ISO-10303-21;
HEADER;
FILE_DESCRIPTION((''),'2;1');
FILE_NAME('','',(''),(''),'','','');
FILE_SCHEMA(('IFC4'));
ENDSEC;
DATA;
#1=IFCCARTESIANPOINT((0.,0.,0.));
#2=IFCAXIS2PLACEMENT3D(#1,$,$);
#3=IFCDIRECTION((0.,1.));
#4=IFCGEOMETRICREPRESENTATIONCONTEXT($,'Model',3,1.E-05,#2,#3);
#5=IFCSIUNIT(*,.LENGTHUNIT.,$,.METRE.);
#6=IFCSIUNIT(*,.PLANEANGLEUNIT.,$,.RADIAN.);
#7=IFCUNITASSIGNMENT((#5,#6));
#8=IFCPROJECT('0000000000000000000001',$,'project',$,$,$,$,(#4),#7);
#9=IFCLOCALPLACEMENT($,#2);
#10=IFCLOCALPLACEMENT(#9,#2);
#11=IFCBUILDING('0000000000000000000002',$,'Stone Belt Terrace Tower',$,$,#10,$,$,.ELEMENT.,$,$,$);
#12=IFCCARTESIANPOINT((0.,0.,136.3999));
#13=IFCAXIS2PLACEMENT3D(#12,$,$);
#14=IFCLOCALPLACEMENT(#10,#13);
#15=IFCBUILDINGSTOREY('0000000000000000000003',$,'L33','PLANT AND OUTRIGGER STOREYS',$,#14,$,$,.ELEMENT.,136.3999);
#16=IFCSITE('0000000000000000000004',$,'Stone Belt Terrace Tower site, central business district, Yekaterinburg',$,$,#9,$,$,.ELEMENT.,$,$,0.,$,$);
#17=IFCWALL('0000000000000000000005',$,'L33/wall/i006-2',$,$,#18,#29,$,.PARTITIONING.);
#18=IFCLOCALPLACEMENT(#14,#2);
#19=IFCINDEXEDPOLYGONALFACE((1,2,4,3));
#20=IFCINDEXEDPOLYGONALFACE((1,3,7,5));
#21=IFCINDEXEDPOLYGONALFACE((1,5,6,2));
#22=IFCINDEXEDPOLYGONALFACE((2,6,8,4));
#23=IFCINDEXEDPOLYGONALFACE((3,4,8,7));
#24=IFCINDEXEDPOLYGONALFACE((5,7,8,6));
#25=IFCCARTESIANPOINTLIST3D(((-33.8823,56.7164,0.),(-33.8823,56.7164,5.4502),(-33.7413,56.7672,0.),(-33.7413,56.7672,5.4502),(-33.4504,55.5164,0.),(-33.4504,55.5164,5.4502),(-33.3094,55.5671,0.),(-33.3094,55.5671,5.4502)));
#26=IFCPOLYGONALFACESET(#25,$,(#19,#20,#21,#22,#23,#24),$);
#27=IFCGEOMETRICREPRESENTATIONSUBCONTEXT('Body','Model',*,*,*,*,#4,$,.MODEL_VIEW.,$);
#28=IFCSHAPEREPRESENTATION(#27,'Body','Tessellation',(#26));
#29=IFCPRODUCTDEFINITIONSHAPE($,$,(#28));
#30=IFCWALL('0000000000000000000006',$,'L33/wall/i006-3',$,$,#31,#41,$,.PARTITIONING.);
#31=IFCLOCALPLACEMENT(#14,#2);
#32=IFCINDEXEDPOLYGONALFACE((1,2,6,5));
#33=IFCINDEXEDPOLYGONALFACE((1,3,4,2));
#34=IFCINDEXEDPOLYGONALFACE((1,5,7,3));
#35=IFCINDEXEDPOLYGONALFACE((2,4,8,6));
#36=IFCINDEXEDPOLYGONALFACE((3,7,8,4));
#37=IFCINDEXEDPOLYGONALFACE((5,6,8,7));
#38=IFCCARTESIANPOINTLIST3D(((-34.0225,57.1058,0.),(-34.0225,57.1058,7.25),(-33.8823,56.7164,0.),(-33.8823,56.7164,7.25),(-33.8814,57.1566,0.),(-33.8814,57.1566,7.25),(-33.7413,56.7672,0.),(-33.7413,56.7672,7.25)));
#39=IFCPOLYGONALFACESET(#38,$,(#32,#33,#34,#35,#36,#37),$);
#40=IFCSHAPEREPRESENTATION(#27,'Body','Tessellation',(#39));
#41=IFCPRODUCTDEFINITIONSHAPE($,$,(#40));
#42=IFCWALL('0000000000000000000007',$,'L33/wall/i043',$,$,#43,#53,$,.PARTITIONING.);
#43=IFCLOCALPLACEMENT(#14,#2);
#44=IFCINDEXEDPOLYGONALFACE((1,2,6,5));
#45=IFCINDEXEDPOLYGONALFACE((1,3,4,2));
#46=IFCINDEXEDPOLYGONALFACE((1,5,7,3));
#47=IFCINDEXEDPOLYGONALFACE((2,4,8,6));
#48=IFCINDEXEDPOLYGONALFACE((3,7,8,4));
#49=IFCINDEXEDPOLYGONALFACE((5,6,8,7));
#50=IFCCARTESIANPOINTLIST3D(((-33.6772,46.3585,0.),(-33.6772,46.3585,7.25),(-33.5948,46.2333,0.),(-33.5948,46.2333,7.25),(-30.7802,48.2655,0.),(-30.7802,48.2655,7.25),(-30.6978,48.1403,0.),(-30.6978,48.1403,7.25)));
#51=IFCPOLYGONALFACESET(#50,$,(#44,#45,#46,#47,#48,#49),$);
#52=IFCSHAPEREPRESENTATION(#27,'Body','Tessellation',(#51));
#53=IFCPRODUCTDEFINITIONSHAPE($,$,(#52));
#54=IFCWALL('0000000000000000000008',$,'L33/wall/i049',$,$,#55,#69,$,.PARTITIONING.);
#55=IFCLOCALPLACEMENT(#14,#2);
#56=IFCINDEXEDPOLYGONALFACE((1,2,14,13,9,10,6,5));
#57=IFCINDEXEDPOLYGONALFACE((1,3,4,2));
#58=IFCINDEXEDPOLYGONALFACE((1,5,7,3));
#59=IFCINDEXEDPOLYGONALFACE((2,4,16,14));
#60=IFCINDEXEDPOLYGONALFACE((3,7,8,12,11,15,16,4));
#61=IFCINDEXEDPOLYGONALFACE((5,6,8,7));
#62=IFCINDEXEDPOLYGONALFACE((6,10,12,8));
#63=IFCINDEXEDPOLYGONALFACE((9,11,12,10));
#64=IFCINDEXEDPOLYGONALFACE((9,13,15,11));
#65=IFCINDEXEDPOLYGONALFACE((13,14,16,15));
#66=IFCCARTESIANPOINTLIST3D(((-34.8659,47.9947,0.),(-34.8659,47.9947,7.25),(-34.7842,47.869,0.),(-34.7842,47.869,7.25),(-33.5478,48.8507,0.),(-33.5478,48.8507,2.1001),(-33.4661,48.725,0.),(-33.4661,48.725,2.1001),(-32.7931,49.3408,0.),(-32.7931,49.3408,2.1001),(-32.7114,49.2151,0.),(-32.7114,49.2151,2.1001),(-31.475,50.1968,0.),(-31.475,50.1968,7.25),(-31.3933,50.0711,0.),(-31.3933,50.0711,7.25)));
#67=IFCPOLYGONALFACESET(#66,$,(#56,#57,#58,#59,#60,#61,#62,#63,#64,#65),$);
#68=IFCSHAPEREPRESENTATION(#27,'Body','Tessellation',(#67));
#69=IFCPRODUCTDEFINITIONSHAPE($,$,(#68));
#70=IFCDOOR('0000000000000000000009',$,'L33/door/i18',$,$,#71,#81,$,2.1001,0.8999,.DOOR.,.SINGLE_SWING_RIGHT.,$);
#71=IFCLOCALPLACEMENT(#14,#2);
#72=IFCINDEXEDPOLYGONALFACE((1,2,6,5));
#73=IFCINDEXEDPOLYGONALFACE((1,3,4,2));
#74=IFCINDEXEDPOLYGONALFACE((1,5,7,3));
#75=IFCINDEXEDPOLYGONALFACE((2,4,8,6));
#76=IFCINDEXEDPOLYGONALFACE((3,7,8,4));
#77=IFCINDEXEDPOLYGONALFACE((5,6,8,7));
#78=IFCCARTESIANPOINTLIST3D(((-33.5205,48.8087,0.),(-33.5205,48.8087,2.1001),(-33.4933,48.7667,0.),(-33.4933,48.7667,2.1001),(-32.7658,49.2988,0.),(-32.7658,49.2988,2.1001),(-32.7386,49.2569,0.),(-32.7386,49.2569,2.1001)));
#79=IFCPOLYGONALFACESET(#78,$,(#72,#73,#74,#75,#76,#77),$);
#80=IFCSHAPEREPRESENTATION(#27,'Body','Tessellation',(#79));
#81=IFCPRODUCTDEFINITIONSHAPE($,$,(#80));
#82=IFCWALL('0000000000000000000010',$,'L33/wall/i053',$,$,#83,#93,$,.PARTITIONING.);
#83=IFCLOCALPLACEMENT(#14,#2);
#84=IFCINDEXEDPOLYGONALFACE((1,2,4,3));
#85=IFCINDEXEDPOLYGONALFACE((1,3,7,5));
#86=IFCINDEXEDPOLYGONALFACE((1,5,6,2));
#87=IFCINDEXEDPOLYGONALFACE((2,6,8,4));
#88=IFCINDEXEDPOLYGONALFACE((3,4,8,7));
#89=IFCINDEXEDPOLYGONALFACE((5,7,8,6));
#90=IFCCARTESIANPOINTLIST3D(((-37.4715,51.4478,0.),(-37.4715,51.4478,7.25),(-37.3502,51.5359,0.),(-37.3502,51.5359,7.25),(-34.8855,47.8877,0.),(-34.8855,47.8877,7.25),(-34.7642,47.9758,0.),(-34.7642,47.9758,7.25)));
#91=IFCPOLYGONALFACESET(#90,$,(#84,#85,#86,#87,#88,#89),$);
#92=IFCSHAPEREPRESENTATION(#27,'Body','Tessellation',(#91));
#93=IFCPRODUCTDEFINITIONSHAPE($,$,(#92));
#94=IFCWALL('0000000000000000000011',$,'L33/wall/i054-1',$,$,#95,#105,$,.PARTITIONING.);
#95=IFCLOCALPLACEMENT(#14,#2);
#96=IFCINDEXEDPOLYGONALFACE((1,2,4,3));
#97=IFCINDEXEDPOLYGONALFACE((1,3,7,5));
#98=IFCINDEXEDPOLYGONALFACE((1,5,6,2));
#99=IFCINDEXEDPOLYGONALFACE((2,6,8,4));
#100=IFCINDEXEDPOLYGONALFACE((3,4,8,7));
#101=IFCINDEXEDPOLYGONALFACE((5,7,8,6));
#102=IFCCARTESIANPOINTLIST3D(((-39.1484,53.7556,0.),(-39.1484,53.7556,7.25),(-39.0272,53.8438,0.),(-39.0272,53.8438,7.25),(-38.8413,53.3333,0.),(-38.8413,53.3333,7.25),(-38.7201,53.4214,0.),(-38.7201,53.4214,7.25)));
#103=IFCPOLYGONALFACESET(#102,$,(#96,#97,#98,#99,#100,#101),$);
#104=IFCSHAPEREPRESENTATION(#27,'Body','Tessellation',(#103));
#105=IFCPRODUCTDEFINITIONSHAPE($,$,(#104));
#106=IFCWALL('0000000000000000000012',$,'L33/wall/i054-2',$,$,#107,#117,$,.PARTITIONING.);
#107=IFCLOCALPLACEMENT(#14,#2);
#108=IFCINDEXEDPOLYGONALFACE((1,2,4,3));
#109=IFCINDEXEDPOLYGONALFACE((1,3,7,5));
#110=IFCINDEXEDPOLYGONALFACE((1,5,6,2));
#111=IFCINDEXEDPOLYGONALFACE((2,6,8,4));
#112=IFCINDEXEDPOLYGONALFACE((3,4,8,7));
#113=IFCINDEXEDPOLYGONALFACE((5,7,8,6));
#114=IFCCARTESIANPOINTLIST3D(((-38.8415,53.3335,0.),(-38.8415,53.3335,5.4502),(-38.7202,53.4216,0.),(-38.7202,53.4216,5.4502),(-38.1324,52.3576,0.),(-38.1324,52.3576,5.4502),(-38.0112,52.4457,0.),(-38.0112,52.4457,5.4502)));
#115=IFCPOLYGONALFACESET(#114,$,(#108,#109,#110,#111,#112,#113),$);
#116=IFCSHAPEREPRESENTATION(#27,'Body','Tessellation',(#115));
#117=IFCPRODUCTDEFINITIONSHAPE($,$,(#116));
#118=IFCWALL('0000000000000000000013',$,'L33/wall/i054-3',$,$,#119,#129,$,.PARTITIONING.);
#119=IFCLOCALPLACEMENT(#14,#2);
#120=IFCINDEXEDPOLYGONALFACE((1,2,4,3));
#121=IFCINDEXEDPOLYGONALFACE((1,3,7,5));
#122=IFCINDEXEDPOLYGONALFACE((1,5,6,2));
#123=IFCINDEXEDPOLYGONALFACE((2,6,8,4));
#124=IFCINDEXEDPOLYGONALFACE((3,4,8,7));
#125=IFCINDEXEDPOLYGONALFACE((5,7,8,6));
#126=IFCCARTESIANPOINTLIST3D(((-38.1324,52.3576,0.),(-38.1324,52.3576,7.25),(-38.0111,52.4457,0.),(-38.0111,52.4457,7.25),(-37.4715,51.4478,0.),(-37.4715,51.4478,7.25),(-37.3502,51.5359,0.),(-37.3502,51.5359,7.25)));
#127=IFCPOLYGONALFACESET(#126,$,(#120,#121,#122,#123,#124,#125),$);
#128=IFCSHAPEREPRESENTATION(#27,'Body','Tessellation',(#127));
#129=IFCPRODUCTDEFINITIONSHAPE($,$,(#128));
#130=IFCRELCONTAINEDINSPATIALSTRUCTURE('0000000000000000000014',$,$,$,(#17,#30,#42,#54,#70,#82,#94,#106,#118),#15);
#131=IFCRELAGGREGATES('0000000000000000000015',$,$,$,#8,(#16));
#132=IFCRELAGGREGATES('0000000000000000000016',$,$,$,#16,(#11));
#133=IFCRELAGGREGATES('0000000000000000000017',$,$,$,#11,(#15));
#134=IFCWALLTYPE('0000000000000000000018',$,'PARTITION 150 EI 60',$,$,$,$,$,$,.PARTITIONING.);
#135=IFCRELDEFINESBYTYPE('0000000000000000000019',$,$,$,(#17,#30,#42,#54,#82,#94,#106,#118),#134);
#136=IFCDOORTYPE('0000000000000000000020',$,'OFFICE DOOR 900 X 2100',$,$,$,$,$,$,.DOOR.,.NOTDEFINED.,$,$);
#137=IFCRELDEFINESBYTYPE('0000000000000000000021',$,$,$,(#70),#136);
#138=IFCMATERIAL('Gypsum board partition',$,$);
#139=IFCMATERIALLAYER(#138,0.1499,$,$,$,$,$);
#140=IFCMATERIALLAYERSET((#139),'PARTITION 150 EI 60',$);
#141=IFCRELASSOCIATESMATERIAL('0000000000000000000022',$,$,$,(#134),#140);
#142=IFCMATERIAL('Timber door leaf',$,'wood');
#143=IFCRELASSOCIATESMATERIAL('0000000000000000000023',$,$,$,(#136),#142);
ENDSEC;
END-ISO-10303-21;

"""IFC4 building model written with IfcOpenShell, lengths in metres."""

from ifc_helpers import new_model, si_unit, direction, frame, frame_2d, origin, place, context, subcontext, project, spatial, rectangle, extrude, material, layer, layer_set, type_object, element, fill, save


model = new_model("IFC4")

# Units and contexts
model_context = context("Model", 3, precision=1e-05, world=origin(), true_north=direction((0.0, 1.0)))
body_context = subcontext(model_context, "Body", "Model", "MODEL_VIEW")
ifc_project = project(units=[si_unit("LENGTHUNIT", "METRE"), si_unit("PLANEANGLEUNIT", "RADIAN")], contexts=[model_context])

# Site, building, storey
site_placement = place(None, origin())
site = spatial("IfcSite", under=ifc_project, at=site_placement, Name="Stone Belt Terrace Tower site, central business district, Yekaterinburg", CompositionType="ELEMENT", RefElevation=0.0)
building_placement = place(site_placement, origin())
building = spatial("IfcBuilding", under=site, at=building_placement, Name="Stone Belt Terrace Tower", CompositionType="ELEMENT")
storey_placement = place(building_placement, frame((0.0, 0.0, 136.3999)))
storey = spatial("IfcBuildingStorey", under=building, at=storey_placement, Name="L33", Description="PLANT AND OUTRIGGER STOREYS", CompositionType="ELEMENT", Elevation=136.3999)

# Walls
ifc_material_1 = material(Name="Gypsum board partition")
ifc_layer_1 = layer(ifc_material_1, 0.1499)
ifc_layer_set_1 = layer_set([ifc_layer_1], Name="PARTITION 150 EI 60")
wall_type = type_object("IfcWallType", Name="PARTITION 150 EI 60", PredefinedType="PARTITIONING", material=ifc_layer_set_1)
wall_1_placement = place(storey_placement, frame((-33.3799, 55.5417, 0.0), z_axis=(0.0, 0.0, 1.0), x_axis=(-0.338652, 0.940912, 0.0)))
element("IfcWall", 1, at=wall_1_placement, inside=storey, type_object=wall_type, Name="L33/wall/i006-2", PredefinedType="PARTITIONING", context=body_context, shape_type="SweptSolid", body=[
    extrude(rectangle(XDim=1.2754, YDim=0.1499, at=frame_2d((0.6377, 0.0))), origin(), (0.0, 0.0, 1.0), 5.4502),
])
wall_2_placement = place(storey_placement, frame((-33.8118, 56.7417, 0.0), z_axis=(0.0, 0.0, 1.0), x_axis=(-0.338615, 0.940925, 0.0)))
element("IfcWall", 2, at=wall_2_placement, inside=storey, type_object=wall_type, Name="L33/wall/i006-3", PredefinedType="PARTITIONING", context=body_context, shape_type="SweptSolid", body=[
    extrude(rectangle(XDim=0.4138, YDim=0.1499, at=frame_2d((0.207, 0.0))), origin(), (0.0, 0.0, 1.0), 7.25),
])
wall_3_placement = place(storey_placement, frame((-33.636, 46.2959, 0.0), z_axis=(0.0, 0.0, 1.0), x_axis=(0.835274, 0.549834, 0.0)))
element("IfcWall", 3, at=wall_3_placement, inside=storey, type_object=wall_type, Name="L33/wall/i043", PredefinedType="PARTITIONING", context=body_context, shape_type="SweptSolid", body=[
    extrude(rectangle(XDim=3.4683, YDim=0.1499, at=frame_2d((1.7341, 0.0))), origin(), (0.0, 0.0, 1.0), 7.25),
])

# Wall, opening, door
wall_4_placement = place(storey_placement, frame((-34.825, 47.9319, 0.0), z_axis=(0.0, 0.0, 1.0), x_axis=(0.83866, 0.544655, 0.0)))
wall_4 = element("IfcWall", 4, at=wall_4_placement, inside=storey, type_object=wall_type, Name="L33/wall/i049", PredefinedType="PARTITIONING", context=body_context, shape_type="SweptSolid", body=[
    extrude(rectangle(XDim=4.0432, YDim=0.1499, at=frame_2d((2.0215, 0.0))), origin(), (0.0, 0.0, 1.0), 7.25),
])
opening_placement = place(wall_4_placement, frame((1.5715, 0.0, 0.0)))
opening = element("IfcOpeningElement", 5, at=opening_placement, cuts=wall_4, PredefinedType="OPENING", context=body_context, shape_type="SweptSolid", body=[
    extrude(rectangle(XDim=0.8999, YDim=2.1001, at=frame_2d((0.45, 1.05))), frame((0.0, 0.085, 0.0), z_axis=(0.0, -1.0, 0.0), x_axis=(1.0, 0.0, 0.0)), (0.0, 0.0, 1.0), 0.1699),
])
ifc_material_2 = material(Name="Timber door leaf", Category="wood")
door_type = type_object("IfcDoorType", Name="OFFICE DOOR 900 X 2100", OperationType="NOTDEFINED", PredefinedType="DOOR", material=ifc_material_2)
door_placement = place(opening_placement, origin())
door = element("IfcDoor", 6, at=door_placement, inside=storey, type_object=door_type, Name="L33/door/i18", OperationType="SINGLE_SWING_RIGHT", OverallHeight=2.1001, OverallWidth=0.8999, PredefinedType="DOOR", context=body_context, shape_type="SweptSolid", body=[
    extrude(rectangle(XDim=0.8999, YDim=2.1001, at=frame_2d((0.45, 1.05))), frame((0.0, 0.0249, 0.0), z_axis=(0.0, -1.0, 0.0), x_axis=(1.0, 0.0, 0.0)), (0.0, 0.0, 1.0), 0.05),
])
fill(opening, door)

# Walls
wall_5_placement = place(storey_placement, frame((-37.4109, 51.4919, 0.0), z_axis=(0.0, 0.0, 1.0), x_axis=(0.587697, -0.809081, 0.0)))
element("IfcWall", 7, at=wall_5_placement, inside=storey, type_object=wall_type, Name="L33/wall/i053", PredefinedType="PARTITIONING", context=body_context, shape_type="SweptSolid", body=[
    extrude(rectangle(XDim=4.4001, YDim=0.1499, at=frame_2d((2.2002, 0.0))), origin(), (0.0, 0.0, 1.0), 7.25),
])
wall_6_placement = place(storey_placement, frame((-39.0879, 53.7998, 0.0), z_axis=(0.0, 0.0, 1.0), x_axis=(0.588116, -0.808777, 0.0)))
element("IfcWall", 8, at=wall_6_placement, inside=storey, type_object=wall_type, Name="L33/wall/i054-1", PredefinedType="PARTITIONING", context=body_context, shape_type="SweptSolid", body=[
    extrude(rectangle(XDim=0.5222, YDim=0.1499, at=frame_2d((0.2612, 0.0))), origin(), (0.0, 0.0, 1.0), 7.25),
])
wall_7_placement = place(storey_placement, frame((-38.7808, 53.3774, 0.0), z_axis=(0.0, 0.0, 1.0), x_axis=(0.587787, -0.809016, 0.0)))
element("IfcWall", 9, at=wall_7_placement, inside=storey, type_object=wall_type, Name="L33/wall/i054-2", PredefinedType="PARTITIONING", context=body_context, shape_type="SweptSolid", body=[
    extrude(rectangle(XDim=1.2063, YDim=0.1499, at=frame_2d((0.603, 0.0))), origin(), (0.0, 0.0, 1.0), 5.4502),
])
wall_8_placement = place(storey_placement, frame((-38.0718, 52.4016, 0.0), z_axis=(0.0, 0.0, 1.0), x_axis=(0.587771, -0.809027, 0.0)))
element("IfcWall", 10, at=wall_8_placement, inside=storey, type_object=wall_type, Name="L33/wall/i054-3", PredefinedType="PARTITIONING", context=body_context, shape_type="SweptSolid", body=[
    extrude(rectangle(XDim=1.1245, YDim=0.1499, at=frame_2d((0.5623, 0.0))), origin(), (0.0, 0.0, 1.0), 7.25),
])

save(model, "model.ifc")
